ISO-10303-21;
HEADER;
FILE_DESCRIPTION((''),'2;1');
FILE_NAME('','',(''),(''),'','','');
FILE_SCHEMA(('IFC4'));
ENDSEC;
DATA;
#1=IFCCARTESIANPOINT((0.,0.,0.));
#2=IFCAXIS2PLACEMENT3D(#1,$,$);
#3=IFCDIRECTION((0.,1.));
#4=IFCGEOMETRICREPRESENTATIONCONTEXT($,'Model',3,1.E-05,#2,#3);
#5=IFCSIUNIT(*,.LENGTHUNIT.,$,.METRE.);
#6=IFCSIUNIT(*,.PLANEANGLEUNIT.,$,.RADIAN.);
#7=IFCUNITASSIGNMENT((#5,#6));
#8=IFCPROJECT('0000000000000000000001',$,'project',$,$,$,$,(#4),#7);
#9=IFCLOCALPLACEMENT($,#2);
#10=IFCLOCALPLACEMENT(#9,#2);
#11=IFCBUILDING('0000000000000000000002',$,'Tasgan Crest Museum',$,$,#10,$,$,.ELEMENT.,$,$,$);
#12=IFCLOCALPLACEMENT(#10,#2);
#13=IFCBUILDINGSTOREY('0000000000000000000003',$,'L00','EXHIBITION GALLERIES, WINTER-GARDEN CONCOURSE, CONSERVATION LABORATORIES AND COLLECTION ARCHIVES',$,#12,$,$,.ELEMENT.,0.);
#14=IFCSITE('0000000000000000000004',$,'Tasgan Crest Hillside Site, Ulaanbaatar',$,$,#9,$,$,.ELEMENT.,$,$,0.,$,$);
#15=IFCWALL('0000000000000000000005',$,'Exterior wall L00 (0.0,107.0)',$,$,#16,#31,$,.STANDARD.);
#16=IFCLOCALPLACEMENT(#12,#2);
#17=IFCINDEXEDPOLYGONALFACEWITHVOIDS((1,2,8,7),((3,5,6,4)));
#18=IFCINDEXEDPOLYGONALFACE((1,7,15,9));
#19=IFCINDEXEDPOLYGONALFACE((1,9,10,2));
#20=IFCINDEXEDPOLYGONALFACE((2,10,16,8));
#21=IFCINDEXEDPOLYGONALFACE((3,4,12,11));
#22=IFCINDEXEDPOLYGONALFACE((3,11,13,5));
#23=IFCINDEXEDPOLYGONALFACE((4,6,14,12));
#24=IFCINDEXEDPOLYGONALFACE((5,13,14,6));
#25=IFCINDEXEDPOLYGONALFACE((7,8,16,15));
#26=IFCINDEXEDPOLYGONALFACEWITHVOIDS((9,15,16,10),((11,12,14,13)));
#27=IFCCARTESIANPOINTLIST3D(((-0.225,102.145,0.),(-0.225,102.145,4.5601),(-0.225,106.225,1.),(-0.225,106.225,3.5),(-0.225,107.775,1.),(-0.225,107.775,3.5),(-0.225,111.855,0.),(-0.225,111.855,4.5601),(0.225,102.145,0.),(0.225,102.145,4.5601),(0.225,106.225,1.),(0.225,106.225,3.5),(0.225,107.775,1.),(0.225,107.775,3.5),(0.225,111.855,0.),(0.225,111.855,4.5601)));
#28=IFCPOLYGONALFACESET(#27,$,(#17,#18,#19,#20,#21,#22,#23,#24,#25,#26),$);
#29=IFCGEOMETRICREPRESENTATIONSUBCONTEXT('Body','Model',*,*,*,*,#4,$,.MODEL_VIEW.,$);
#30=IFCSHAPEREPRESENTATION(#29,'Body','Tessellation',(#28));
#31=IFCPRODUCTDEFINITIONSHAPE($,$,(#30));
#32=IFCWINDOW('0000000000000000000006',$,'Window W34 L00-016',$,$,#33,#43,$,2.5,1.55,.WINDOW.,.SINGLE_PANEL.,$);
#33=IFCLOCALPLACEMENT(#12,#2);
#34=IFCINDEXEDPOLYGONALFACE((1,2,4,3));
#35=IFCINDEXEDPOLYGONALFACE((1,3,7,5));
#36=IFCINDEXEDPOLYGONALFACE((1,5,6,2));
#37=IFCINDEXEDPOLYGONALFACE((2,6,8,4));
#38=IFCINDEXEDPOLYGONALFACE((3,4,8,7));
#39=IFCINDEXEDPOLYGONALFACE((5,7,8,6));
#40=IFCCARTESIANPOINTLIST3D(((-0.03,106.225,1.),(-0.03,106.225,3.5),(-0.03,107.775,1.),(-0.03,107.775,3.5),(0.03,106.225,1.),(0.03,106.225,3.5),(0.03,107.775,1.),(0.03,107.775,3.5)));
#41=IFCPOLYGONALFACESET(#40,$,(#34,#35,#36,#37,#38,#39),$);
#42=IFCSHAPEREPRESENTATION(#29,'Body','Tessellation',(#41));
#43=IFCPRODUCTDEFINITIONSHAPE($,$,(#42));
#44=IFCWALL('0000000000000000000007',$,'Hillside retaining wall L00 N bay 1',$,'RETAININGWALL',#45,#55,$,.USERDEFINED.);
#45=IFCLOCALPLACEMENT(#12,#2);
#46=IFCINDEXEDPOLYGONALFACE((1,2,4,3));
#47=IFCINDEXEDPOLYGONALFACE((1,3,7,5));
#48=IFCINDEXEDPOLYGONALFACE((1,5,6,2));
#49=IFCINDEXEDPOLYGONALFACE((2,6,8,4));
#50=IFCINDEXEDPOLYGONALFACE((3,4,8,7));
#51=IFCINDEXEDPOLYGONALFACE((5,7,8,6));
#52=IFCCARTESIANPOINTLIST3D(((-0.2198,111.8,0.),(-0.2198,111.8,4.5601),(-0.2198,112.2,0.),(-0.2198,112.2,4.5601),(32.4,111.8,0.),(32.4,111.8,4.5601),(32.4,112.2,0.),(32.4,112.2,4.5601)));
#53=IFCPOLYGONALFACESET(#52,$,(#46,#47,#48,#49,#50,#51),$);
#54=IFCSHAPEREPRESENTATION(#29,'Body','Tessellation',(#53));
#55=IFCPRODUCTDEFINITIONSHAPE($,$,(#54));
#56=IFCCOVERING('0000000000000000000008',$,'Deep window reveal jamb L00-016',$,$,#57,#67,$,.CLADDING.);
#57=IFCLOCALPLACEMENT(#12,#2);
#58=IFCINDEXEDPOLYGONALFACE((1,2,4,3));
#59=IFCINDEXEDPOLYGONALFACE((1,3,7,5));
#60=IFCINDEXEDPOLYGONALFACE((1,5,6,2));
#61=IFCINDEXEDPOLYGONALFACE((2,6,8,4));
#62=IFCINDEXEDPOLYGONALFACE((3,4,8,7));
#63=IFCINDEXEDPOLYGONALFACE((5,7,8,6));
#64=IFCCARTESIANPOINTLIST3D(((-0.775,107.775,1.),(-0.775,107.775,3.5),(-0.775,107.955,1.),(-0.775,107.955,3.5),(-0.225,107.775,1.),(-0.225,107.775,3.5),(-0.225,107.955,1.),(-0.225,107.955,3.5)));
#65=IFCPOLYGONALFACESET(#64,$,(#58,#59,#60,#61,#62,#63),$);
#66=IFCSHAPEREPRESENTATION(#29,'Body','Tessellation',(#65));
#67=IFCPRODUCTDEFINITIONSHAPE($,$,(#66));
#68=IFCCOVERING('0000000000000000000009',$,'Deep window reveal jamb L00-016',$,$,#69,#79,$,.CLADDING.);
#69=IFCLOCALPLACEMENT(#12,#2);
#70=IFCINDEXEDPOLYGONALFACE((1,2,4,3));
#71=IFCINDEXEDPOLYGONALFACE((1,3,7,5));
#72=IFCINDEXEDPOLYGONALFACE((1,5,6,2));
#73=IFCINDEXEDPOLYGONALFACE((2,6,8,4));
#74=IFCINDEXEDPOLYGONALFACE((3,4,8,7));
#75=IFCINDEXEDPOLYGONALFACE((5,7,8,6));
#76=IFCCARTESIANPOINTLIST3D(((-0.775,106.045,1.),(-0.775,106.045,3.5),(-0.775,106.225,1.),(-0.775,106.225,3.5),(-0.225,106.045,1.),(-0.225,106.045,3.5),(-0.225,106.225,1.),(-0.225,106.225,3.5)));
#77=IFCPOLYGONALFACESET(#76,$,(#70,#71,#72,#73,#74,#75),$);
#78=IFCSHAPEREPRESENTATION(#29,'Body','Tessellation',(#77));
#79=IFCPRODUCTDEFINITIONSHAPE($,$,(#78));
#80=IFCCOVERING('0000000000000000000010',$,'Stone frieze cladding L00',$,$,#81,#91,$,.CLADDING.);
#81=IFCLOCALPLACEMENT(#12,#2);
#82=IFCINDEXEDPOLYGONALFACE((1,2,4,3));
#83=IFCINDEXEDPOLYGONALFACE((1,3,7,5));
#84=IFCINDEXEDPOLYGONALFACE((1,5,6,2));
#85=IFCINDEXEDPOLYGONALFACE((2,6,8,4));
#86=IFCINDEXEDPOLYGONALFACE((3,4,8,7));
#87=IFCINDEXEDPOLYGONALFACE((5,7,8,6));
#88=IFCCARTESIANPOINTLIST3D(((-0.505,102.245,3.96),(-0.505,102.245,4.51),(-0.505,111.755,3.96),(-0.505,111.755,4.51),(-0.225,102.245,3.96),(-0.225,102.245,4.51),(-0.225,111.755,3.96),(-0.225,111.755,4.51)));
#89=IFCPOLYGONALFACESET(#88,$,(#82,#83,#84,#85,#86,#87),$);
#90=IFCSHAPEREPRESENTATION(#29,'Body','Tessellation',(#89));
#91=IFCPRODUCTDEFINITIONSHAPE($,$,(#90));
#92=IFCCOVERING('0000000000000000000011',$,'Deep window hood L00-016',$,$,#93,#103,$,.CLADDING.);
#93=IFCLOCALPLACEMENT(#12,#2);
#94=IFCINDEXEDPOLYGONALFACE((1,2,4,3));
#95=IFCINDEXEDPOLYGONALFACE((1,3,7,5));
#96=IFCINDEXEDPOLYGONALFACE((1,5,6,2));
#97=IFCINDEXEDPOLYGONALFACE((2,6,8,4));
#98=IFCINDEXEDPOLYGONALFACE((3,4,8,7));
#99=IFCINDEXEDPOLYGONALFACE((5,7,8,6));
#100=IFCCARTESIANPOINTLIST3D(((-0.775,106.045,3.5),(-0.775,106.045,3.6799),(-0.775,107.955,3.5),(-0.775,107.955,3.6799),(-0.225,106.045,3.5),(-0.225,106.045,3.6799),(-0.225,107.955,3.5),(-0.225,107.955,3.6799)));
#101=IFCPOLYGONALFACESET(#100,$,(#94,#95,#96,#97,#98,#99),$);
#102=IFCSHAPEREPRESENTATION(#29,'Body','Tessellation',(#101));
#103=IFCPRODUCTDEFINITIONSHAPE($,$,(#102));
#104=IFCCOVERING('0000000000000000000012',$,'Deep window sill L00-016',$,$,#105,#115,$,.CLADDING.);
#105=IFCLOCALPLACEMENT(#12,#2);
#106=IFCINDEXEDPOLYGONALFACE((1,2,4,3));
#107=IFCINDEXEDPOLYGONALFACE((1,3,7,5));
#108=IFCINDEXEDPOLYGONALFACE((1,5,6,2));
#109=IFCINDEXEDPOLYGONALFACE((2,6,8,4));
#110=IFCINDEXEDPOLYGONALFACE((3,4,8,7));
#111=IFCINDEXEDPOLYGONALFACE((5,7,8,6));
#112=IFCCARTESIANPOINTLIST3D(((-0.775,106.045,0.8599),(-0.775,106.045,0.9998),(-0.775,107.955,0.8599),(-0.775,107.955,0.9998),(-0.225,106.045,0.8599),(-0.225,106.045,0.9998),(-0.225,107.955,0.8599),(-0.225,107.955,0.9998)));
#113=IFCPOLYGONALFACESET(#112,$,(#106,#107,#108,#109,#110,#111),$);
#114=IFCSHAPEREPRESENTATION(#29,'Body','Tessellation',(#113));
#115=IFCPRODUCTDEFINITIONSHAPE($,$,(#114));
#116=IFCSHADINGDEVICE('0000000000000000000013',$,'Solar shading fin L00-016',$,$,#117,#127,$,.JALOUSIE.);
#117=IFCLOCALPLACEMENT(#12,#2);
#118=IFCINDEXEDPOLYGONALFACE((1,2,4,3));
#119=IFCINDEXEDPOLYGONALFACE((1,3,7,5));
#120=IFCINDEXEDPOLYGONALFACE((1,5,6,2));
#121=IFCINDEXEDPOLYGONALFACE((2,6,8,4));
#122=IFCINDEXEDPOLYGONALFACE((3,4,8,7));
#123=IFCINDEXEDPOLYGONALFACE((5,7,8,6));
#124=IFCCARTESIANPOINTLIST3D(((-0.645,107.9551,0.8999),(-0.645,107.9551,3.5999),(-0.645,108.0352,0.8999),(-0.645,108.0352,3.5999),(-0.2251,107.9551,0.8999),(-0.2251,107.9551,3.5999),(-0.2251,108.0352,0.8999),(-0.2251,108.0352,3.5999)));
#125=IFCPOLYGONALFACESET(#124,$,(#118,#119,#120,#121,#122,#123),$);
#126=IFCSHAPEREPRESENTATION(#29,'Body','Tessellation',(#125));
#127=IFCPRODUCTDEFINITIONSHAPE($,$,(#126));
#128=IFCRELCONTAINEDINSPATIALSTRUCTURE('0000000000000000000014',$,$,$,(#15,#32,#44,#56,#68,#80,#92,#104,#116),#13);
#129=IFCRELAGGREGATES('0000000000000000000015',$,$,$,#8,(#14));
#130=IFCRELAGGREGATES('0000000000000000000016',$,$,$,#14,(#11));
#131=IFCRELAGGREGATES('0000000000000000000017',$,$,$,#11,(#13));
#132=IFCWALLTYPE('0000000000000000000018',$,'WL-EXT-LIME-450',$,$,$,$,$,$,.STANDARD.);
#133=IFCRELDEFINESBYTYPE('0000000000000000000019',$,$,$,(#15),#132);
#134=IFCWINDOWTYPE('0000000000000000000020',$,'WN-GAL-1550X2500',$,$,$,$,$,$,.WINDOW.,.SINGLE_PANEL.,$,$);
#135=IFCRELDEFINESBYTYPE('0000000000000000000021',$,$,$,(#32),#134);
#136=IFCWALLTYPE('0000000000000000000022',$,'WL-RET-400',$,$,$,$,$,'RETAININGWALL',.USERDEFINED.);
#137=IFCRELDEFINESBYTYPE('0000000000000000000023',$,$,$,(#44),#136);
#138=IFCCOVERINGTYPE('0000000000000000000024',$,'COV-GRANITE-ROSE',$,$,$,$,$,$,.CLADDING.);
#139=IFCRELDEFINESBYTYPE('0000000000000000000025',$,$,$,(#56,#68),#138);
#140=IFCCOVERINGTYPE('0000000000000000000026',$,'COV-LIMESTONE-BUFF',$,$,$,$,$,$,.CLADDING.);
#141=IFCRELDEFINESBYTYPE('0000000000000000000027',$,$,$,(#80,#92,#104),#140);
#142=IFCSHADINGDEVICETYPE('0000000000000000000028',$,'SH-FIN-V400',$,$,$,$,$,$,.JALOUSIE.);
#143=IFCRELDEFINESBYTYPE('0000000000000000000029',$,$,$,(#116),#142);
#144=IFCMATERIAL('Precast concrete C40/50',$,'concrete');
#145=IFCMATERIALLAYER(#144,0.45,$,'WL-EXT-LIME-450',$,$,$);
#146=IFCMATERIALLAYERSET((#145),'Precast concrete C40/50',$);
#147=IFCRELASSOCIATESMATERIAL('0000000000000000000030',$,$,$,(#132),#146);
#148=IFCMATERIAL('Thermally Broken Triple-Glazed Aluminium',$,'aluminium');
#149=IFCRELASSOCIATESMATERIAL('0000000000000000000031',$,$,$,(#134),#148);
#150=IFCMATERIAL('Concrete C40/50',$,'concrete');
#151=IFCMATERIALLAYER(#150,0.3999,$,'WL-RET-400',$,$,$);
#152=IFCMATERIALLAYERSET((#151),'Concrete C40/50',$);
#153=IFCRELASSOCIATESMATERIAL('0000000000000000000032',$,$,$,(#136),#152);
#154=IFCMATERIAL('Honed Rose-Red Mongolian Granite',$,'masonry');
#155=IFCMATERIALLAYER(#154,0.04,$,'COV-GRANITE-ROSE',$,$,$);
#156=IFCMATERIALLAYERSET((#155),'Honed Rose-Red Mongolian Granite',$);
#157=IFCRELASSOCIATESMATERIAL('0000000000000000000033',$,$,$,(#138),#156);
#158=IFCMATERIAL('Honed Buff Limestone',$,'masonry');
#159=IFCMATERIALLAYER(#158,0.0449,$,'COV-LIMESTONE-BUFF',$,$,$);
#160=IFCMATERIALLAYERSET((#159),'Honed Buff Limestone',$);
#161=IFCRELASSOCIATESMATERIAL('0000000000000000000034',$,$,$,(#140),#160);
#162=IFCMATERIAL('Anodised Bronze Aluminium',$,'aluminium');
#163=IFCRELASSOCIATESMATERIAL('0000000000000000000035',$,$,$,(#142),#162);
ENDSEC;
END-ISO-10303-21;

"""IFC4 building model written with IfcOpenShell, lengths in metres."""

from ifc_helpers import new_model, si_unit, direction, frame, frame_2d, origin, origin_2d, place, context, subcontext, project, spatial, rectangle, extrude, material, layer, layer_set, type_object, element, fill, save


model = new_model("IFC4")

# Units and contexts
model_context = context("Model", 3, precision=1e-05, world=origin(), true_north=direction((0.0, 1.0)))
body_context = subcontext(model_context, "Body", "Model", "MODEL_VIEW")
ifc_project = project(units=[si_unit("LENGTHUNIT", "METRE"), si_unit("PLANEANGLEUNIT", "RADIAN")], contexts=[model_context])

# Site, building, storey
site_placement = place(None, origin())
site = spatial("IfcSite", under=ifc_project, at=site_placement, Name="Tasgan Crest Hillside Site, Ulaanbaatar", CompositionType="ELEMENT", RefElevation=0.0)
building_placement = place(site_placement, origin())
building = spatial("IfcBuilding", under=site, at=building_placement, Name="Tasgan Crest Museum", CompositionType="ELEMENT")
storey_placement = place(building_placement, origin())
storey = spatial("IfcBuildingStorey", under=building, at=storey_placement, Name="L00", Description="EXHIBITION GALLERIES, WINTER-GARDEN CONCOURSE, CONSERVATION LABORATORIES AND COLLECTION ARCHIVES", CompositionType="ELEMENT", Elevation=0.0)

# Wall, opening, window
ifc_material_1 = material(Name="Precast concrete C40/50", Category="concrete")
ifc_layer_1 = layer(ifc_material_1, 0.45, Name="WL-EXT-LIME-450")
ifc_layer_set_1 = layer_set([ifc_layer_1], Name="Precast concrete C40/50")
wall_type_1 = type_object("IfcWallType", Name="WL-EXT-LIME-450", PredefinedType="STANDARD", material=ifc_layer_set_1)
wall_1_placement = place(storey_placement, frame((0.0, 111.855, 0.0), z_axis=(0.0, 0.0, 1.0), x_axis=(0.0, -1.0, 0.0)))
wall_1 = element("IfcWall", 1, at=wall_1_placement, inside=storey, type_object=wall_type_1, Name="Exterior wall L00 (0.0,107.0)", PredefinedType="STANDARD", context=body_context, shape_type="SweptSolid", body=[
    extrude(rectangle(XDim=9.71, YDim=0.45, at=frame_2d((4.855, 0.0))), origin(), (0.0, 0.0, 1.0), 4.5601),
])
opening_placement = place(wall_1_placement, frame((4.0801, 0.0, 1.0)))
opening = element("IfcOpeningElement", 2, at=opening_placement, cuts=wall_1, PredefinedType="OPENING", context=body_context, shape_type="SweptSolid", body=[
    extrude(rectangle(XDim=1.55, YDim=2.5, at=frame_2d((0.7749, 1.25))), frame((0.0, 0.2349, 0.0), z_axis=(0.0, -1.0, 0.0), x_axis=(1.0, 0.0, 0.0)), (0.0, 0.0, 1.0), 0.47),
])
ifc_material_2 = material(Name="Thermally Broken Triple-Glazed Aluminium", Category="aluminium")
window_type = type_object("IfcWindowType", Name="WN-GAL-1550X2500", PartitioningType="SINGLE_PANEL", PredefinedType="WINDOW", material=ifc_material_2)
window_placement = place(opening_placement, origin())
window = element("IfcWindow", 3, at=window_placement, inside=storey, type_object=window_type, Name="Window W34 L00-016", OverallHeight=2.5, OverallWidth=1.55, PartitioningType="SINGLE_PANEL", PredefinedType="WINDOW", context=body_context, shape_type="SweptSolid", body=[
    extrude(rectangle(XDim=1.55, YDim=2.5, at=frame_2d((0.7749, 1.25))), frame((0.0, 0.03, 0.0), z_axis=(0.0, -1.0, 0.0), x_axis=(1.0, 0.0, 0.0)), (0.0, 0.0, 1.0), 0.0601),
])
fill(opening, window)

# Wall
ifc_material_3 = material(Name="Concrete C40/50", Category="concrete")
ifc_layer_2 = layer(ifc_material_3, 0.3999, Name="WL-RET-400")
ifc_layer_set_2 = layer_set([ifc_layer_2], Name="Concrete C40/50")
wall_type_2 = type_object("IfcWallType", Name="WL-RET-400", ElementType="RETAININGWALL", PredefinedType="USERDEFINED", material=ifc_layer_set_2)
wall_2_placement = place(storey_placement, frame((-0.22, 112.0, 0.0), z_axis=(0.0, 0.0, 1.0), x_axis=(1.0, 0.0, 0.0)))
element("IfcWall", 4, at=wall_2_placement, inside=storey, type_object=wall_type_2, Name="Hillside retaining wall L00 N bay 1", ObjectType="RETAININGWALL", PredefinedType="USERDEFINED", context=body_context, shape_type="SweptSolid", body=[
    extrude(rectangle(XDim=32.6199, YDim=0.3999, at=frame_2d((16.3101, 0.0))), origin(), (0.0, 0.0, 1.0), 4.5601),
])

# Coverings
ifc_material_4 = material(Name="Honed Rose-Red Mongolian Granite", Category="masonry")
ifc_layer_3 = layer(ifc_material_4, 0.04, Name="COV-GRANITE-ROSE")
ifc_layer_set_3 = layer_set([ifc_layer_3], Name="Honed Rose-Red Mongolian Granite")
covering_type_1 = type_object("IfcCoveringType", Name="COV-GRANITE-ROSE", PredefinedType="CLADDING", material=ifc_layer_set_3)
for number, where, z_axis, x_axis, name in (
    (5, (-0.5, 107.865, 1.0), (0.0, 0.0, 1.0), (0.0, -1.0, 0.0), "Deep window reveal jamb L00-016"),
    (6, (-0.5, 106.135, 1.0), (0.0, 0.0, 1.0), (0.0, -1.0, 0.0), "Deep window reveal jamb L00-016"),
):
    element("IfcCovering", number, at=place(storey_placement, frame(where, z_axis=z_axis, x_axis=x_axis)), inside=storey, type_object=covering_type_1, Name=name, PredefinedType="CLADDING", context=body_context, shape_type="SweptSolid", body=[
        extrude(rectangle(XDim=0.1799, YDim=0.55, at=origin_2d()), origin(), (0.0, 0.0, 1.0), 2.5),
    ])
ifc_material_5 = material(Name="Honed Buff Limestone", Category="masonry")
ifc_layer_4 = layer(ifc_material_5, 0.0449, Name="COV-LIMESTONE-BUFF")
ifc_layer_set_4 = layer_set([ifc_layer_4], Name="Honed Buff Limestone")
covering_type_2 = type_object("IfcCoveringType", Name="COV-LIMESTONE-BUFF", PredefinedType="CLADDING", material=ifc_layer_set_4)
covering_1_placement = place(storey_placement, frame((-0.365, 107.0, 3.96), z_axis=(0.0, 0.0, 1.0), x_axis=(0.0, -1.0, 0.0)))
element("IfcCovering", 7, at=covering_1_placement, inside=storey, type_object=covering_type_2, Name="Stone frieze cladding L00", PredefinedType="CLADDING", context=body_context, shape_type="SweptSolid", body=[
    extrude(rectangle(XDim=9.51, YDim=0.28, at=origin_2d()), origin(), (0.0, 0.0, 1.0), 0.55),
])
covering_2_placement = place(storey_placement, frame((-0.5, 107.0, 3.5), z_axis=(0.0, 0.0, 1.0), x_axis=(0.0, -1.0, 0.0)))
element("IfcCovering", 8, at=covering_2_placement, inside=storey, type_object=covering_type_2, Name="Deep window hood L00-016", PredefinedType="CLADDING", context=body_context, shape_type="SweptSolid", body=[
    extrude(rectangle(XDim=1.9099, YDim=0.55, at=origin_2d()), origin(), (0.0, 0.0, 1.0), 0.1799),
])
covering_3_placement = place(storey_placement, frame((-0.5, 107.0, 0.8599), z_axis=(0.0, 0.0, 1.0), x_axis=(0.0, -1.0, 0.0)))
element("IfcCovering", 9, at=covering_3_placement, inside=storey, type_object=covering_type_2, Name="Deep window sill L00-016", PredefinedType="CLADDING", context=body_context, shape_type="SweptSolid", body=[
    extrude(rectangle(XDim=1.9099, YDim=0.55, at=origin_2d()), origin(), (0.0, 0.0, 1.0), 0.1399),
])

# Shading device
ifc_material_6 = material(Name="Anodised Bronze Aluminium", Category="aluminium")
shading_device_type = type_object("IfcShadingDeviceType", Name="SH-FIN-V400", PredefinedType="JALOUSIE", material=ifc_material_6)
shading_device_placement = place(storey_placement, frame((-0.4351, 107.9951, 0.8999), z_axis=(0.0, 0.0, 1.0), x_axis=(0.0, -1.0, 0.0)))
element("IfcShadingDevice", 10, at=shading_device_placement, inside=storey, type_object=shading_device_type, Name="Solar shading fin L00-016", PredefinedType="JALOUSIE", context=body_context, shape_type="SweptSolid", body=[
    extrude(rectangle(XDim=0.0801, YDim=0.4199, at=origin_2d()), origin(), (0.0, 0.0, 1.0), 2.7),
])

save(model, "model.ifc")
